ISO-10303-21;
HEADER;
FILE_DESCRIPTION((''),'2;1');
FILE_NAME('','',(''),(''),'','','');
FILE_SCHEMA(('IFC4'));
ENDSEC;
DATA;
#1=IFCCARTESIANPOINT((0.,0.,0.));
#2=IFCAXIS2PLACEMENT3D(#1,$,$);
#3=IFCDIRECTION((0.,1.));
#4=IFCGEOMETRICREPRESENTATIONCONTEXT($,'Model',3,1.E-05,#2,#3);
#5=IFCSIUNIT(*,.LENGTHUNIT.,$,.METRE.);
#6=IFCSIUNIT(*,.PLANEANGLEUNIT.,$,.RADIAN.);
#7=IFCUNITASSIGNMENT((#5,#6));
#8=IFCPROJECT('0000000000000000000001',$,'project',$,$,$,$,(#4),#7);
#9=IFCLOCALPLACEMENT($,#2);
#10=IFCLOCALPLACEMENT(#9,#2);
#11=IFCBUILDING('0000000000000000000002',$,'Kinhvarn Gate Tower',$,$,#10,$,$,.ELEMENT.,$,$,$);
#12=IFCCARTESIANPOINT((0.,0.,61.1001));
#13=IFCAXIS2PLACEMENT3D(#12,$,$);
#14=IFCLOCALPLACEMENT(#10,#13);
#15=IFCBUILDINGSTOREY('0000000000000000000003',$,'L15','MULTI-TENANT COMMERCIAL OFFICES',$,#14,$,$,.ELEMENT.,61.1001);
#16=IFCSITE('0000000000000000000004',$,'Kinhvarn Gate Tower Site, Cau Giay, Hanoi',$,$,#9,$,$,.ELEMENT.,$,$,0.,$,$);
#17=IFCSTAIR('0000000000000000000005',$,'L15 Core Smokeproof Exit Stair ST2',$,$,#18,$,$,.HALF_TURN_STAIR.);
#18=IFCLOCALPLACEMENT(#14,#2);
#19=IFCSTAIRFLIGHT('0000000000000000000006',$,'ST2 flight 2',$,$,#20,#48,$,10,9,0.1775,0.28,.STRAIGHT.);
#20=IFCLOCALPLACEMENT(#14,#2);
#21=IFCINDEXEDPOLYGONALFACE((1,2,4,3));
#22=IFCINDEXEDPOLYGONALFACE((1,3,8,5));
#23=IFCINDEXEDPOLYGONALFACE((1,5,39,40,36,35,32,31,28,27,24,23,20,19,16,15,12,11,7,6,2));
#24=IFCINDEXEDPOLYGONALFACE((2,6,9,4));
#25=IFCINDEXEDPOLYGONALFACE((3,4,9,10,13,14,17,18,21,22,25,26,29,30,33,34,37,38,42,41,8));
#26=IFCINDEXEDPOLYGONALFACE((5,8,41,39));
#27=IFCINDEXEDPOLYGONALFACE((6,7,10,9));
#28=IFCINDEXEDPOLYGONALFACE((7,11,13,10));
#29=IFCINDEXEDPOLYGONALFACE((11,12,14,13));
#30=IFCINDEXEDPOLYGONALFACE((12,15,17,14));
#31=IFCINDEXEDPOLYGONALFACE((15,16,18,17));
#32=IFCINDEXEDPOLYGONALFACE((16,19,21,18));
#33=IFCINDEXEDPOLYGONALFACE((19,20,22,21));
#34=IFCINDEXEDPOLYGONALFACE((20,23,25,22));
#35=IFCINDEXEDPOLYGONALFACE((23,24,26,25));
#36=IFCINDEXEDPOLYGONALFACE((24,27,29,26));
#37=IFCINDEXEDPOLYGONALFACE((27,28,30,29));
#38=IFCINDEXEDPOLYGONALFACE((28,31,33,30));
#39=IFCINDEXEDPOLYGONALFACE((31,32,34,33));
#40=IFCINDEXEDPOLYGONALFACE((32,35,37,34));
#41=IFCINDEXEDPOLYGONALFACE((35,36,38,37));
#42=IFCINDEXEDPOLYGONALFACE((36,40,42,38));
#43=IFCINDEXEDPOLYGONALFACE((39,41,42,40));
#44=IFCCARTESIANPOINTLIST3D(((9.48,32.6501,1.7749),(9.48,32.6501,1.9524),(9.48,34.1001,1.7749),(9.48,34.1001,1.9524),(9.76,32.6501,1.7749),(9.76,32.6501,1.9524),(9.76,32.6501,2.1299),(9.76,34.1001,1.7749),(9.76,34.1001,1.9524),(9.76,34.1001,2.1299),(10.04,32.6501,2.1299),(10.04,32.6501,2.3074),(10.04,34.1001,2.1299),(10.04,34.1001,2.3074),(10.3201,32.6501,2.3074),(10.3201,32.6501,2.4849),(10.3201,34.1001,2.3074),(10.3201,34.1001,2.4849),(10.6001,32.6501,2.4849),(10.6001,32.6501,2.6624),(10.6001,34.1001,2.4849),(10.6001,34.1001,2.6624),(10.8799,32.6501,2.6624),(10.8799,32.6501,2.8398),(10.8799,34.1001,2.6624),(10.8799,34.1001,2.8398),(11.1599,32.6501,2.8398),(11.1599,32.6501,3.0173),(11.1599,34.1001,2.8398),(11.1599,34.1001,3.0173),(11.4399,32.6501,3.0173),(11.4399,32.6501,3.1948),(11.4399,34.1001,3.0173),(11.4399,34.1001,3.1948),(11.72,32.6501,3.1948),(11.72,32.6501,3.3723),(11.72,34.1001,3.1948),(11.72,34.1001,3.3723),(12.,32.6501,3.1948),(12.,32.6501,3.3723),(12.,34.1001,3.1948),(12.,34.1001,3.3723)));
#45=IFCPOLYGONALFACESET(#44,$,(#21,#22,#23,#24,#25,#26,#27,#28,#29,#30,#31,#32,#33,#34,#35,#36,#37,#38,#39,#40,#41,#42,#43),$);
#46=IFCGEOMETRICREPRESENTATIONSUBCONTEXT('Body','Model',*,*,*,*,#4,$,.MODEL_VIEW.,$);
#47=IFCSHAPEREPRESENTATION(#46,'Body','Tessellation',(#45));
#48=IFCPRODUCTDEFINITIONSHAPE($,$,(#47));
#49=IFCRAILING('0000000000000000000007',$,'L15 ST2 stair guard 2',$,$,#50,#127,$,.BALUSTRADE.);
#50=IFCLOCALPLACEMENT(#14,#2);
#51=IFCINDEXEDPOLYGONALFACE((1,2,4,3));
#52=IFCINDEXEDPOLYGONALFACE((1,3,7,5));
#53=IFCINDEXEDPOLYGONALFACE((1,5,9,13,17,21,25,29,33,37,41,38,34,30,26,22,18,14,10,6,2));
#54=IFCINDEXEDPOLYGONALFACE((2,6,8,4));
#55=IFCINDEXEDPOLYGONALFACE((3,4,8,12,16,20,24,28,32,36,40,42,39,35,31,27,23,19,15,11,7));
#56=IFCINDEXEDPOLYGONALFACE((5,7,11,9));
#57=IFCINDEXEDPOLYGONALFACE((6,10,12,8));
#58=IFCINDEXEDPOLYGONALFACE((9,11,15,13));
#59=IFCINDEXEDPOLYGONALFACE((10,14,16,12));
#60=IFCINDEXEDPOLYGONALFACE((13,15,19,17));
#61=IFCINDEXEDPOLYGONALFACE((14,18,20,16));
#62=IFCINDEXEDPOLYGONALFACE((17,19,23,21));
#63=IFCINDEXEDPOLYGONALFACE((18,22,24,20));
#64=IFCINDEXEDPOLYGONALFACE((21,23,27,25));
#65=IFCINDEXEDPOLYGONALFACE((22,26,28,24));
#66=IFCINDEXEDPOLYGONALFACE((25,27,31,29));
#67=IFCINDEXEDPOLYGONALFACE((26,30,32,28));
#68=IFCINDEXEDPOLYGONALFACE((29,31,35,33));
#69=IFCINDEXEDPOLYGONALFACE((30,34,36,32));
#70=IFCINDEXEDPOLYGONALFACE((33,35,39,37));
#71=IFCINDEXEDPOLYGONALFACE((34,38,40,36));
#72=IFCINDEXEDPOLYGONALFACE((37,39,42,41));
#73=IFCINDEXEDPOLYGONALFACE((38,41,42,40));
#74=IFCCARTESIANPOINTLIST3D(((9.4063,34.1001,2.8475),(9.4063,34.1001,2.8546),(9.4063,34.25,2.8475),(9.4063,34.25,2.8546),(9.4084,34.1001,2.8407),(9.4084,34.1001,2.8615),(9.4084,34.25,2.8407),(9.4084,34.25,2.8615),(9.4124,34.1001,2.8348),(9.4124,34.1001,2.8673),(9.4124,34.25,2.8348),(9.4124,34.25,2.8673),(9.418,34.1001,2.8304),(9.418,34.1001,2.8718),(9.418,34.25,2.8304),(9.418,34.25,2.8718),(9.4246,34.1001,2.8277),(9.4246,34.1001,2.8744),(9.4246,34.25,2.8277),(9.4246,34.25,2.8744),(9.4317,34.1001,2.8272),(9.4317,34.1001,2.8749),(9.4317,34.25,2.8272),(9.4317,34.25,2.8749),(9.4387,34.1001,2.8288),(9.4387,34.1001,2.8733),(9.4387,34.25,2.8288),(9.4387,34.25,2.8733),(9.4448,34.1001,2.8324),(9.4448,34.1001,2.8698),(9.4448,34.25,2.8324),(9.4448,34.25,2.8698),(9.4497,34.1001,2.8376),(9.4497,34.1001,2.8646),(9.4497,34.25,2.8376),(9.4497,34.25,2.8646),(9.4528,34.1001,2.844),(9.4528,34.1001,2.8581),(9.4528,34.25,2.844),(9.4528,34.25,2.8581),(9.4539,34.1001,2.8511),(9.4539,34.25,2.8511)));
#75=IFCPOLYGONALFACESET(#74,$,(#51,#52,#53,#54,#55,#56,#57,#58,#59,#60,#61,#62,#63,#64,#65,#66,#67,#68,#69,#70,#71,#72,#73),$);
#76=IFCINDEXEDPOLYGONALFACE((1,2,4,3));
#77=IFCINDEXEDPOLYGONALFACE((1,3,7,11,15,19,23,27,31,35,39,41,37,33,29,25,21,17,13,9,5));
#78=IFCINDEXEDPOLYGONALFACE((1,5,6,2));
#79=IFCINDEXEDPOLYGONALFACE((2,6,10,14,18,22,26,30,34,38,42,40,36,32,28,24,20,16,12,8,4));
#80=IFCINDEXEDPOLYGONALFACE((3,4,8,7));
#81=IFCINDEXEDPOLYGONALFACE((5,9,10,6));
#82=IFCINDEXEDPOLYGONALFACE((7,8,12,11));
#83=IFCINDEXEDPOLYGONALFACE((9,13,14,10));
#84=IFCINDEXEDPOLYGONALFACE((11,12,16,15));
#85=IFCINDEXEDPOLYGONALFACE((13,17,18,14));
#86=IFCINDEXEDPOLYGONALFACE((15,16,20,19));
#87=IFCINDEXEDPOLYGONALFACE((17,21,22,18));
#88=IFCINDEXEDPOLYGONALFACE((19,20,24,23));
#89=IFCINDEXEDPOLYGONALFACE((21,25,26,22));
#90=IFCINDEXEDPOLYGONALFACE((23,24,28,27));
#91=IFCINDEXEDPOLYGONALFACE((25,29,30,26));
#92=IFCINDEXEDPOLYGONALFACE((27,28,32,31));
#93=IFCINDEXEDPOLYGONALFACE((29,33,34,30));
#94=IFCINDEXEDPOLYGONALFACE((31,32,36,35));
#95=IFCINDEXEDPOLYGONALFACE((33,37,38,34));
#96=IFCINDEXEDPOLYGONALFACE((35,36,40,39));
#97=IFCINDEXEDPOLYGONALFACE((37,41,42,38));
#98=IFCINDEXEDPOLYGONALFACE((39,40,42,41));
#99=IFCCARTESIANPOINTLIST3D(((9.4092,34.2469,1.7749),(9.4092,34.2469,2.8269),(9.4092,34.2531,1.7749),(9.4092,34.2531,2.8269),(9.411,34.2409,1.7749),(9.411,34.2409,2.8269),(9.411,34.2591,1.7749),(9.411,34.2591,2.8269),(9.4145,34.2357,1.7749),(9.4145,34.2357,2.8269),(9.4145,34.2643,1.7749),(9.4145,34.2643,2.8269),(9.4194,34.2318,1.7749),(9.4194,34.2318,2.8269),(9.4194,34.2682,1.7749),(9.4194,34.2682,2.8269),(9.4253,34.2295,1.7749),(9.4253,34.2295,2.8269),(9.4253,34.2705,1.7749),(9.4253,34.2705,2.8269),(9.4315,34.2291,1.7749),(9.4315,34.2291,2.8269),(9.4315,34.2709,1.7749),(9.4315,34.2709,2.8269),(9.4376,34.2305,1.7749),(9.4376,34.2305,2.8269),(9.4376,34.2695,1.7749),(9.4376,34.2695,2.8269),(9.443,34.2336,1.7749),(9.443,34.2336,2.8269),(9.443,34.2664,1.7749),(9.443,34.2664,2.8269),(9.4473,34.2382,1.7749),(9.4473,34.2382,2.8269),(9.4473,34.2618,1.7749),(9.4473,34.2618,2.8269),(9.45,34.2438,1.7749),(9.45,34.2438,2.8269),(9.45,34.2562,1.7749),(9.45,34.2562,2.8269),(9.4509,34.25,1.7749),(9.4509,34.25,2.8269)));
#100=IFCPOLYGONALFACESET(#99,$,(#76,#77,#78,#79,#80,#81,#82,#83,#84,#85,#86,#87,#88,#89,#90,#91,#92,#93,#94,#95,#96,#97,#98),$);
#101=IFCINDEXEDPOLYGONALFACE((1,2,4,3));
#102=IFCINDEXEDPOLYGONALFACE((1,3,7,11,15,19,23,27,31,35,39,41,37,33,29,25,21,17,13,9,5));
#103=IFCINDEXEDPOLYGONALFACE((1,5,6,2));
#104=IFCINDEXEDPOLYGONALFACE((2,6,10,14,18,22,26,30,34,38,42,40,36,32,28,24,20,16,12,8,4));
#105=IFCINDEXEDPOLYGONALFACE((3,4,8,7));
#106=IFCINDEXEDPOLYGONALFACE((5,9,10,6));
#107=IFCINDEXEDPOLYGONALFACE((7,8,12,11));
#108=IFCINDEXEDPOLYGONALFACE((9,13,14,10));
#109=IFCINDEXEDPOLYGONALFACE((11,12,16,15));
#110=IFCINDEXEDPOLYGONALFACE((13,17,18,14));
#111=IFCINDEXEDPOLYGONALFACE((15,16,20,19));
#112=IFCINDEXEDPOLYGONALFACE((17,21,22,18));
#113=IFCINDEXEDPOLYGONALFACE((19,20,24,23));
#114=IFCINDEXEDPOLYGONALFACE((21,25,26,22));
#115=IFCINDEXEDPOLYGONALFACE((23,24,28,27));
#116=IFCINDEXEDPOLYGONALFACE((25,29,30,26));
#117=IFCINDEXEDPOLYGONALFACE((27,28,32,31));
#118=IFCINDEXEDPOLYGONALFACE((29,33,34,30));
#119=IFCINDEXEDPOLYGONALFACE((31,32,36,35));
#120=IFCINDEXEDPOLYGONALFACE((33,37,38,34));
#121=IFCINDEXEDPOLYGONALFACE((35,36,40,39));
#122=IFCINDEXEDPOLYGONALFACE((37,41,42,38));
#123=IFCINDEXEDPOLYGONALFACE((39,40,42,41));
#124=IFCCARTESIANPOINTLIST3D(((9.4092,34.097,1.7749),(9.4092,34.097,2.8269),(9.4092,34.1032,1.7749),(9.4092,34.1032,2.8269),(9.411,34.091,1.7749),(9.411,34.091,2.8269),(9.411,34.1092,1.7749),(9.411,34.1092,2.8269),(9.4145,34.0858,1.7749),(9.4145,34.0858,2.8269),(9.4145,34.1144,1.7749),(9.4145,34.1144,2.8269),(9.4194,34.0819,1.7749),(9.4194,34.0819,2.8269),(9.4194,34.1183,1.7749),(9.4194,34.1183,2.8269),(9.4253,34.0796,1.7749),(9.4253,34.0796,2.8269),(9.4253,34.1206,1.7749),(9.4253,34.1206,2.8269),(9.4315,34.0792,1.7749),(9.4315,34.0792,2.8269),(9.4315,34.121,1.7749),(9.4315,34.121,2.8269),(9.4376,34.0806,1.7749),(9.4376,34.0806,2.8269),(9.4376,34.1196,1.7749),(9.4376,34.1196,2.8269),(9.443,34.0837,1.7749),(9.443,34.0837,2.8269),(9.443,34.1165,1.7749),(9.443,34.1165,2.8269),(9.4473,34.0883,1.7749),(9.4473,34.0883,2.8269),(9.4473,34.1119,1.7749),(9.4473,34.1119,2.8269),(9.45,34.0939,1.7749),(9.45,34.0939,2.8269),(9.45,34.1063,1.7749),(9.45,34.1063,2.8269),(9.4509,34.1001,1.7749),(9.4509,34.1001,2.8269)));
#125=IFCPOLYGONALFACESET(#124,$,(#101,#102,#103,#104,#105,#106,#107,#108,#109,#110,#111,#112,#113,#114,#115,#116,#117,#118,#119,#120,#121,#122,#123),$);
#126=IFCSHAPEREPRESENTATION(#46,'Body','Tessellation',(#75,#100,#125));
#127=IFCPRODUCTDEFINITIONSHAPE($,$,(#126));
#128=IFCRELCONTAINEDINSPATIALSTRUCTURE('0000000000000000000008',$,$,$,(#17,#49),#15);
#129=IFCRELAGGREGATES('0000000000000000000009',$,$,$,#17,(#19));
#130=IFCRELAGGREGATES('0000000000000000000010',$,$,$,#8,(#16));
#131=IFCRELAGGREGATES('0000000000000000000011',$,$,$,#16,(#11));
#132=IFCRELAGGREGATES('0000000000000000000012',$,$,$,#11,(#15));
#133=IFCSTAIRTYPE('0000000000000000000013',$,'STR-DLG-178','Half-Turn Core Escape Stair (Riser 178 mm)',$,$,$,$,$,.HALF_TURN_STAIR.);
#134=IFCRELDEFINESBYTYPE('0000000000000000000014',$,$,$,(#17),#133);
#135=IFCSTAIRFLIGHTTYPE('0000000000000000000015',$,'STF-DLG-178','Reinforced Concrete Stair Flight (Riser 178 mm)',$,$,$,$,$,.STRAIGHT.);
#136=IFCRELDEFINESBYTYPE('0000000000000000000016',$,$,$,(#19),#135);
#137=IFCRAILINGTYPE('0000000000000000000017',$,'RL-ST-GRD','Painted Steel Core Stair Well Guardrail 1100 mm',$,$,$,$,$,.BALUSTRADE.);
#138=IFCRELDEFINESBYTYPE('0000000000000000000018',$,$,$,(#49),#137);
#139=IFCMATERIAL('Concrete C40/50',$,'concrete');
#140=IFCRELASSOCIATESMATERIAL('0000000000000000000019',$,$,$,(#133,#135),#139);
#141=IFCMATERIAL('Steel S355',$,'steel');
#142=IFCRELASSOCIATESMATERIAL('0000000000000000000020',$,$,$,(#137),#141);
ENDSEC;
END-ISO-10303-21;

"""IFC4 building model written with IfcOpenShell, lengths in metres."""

from ifc_helpers import new_model, si_unit, direction, frame, origin, origin_2d, place, context, subcontext, project, spatial, polyline, circle, outline, extrude, material, type_object, element, aggregate, save


model = new_model("IFC4")

# Units and contexts
model_context = context("Model", 3, precision=1e-05, world=origin(), true_north=direction((0.0, 1.0)))
body_context = subcontext(model_context, "Body", "Model", "MODEL_VIEW")
ifc_project = project(units=[si_unit("LENGTHUNIT", "METRE"), si_unit("PLANEANGLEUNIT", "RADIAN")], contexts=[model_context])

# Site, building, storey
site_placement = place(None, origin())
site = spatial("IfcSite", under=ifc_project, at=site_placement, Name="Kinhvarn Gate Tower Site, Cau Giay, Hanoi", CompositionType="ELEMENT", RefElevation=0.0)
building_placement = place(site_placement, origin())
building = spatial("IfcBuilding", under=site, at=building_placement, Name="Kinhvarn Gate Tower", CompositionType="ELEMENT")
storey_placement = place(building_placement, frame((0.0, 0.0, 61.1001)))
storey = spatial("IfcBuildingStorey", under=building, at=storey_placement, Name="L15", Description="MULTI-TENANT COMMERCIAL OFFICES", CompositionType="ELEMENT", Elevation=61.1001)

# Shared definitions
ifc_material_1 = material(Name="Steel S355", Category="steel")

# Stair, stair flight
ifc_material_2 = material(Name="Concrete C40/50", Category="concrete")
stair_type = type_object("IfcStairType", Name="STR-DLG-178", Description="Half-Turn Core Escape Stair (Riser 178 mm)", PredefinedType="HALF_TURN_STAIR", material=ifc_material_2)
stair_placement = place(storey_placement, origin())
stair = element("IfcStair", 1, at=stair_placement, inside=storey, type_object=stair_type, Name="L15 Core Smokeproof Exit Stair ST2", PredefinedType="HALF_TURN_STAIR")
stair_flight_type = type_object("IfcStairFlightType", Name="STF-DLG-178", Description="Reinforced Concrete Stair Flight (Riser 178 mm)", PredefinedType="STRAIGHT", material=ifc_material_2)
stair_flight_placement = place(storey_placement, frame((9.48, 33.375, 1.7749), z_axis=(0.0, 0.0, 1.0), x_axis=(1.0, 0.0, 0.0)))
stair_flight = element("IfcStairFlight", 2, at=stair_flight_placement, type_object=stair_flight_type, Name="ST2 flight 2", NumberOfRisers=10, NumberOfTreads=9, PredefinedType="STRAIGHT", RiserHeight=0.1775, TreadLength=0.28, context=body_context, shape_type="SweptSolid", body=[
    extrude(outline(polyline([(0.0, 0.0), (0.0, 0.1775), (0.28, 0.1775), (0.28, 0.355), (0.5601, 0.355), (0.5601, 0.5325), (0.8401, 0.5325), (0.8401, 0.71), (1.1201, 0.71), (1.1201, 0.8875), (1.3999, 0.8875), (1.3999, 1.0649), (1.6799, 1.0649), (1.6799, 1.2424), (1.96, 1.2424), (1.96, 1.4199), (2.24, 1.4199), (2.24, 1.5974), (2.52, 1.5974), (2.52, 1.7749), (2.52, 1.4199), (0.28, 0.0), (0.0, 0.0)])), frame((0.0, 0.7251, 0.0), z_axis=(0.0, -1.0, 0.0), x_axis=(1.0, 0.0, 0.0)), (0.0, 0.0, 1.0), 1.45),
])
aggregate(stair, [stair_flight])

# Railing
railing_type_1 = type_object("IfcRailingType", Name="RL-ST-GRD", Description="Painted Steel Core Stair Well Guardrail 1100 mm", PredefinedType="BALUSTRADE", material=ifc_material_1)
railing_1_placement = place(storey_placement, frame((9.4299, 34.25, 1.7749)))
element("IfcRailing", 3, at=railing_1_placement, inside=storey, type_object=railing_type_1, Name="L15 ST2 stair guard 2", PredefinedType="BALUSTRADE", context=body_context, shape_type="SweptSolid", body=[
    extrude(circle(Radius=0.0239, at=origin_2d()), frame((0.0, 0.0, 1.0762), z_axis=(0.0, -1.0, 0.0), x_axis=(1.0, 0.0, 0.0)), (0.0, 0.0, 1.0), 0.1499),
    extrude(circle(Radius=0.021, at=origin_2d()), origin(), (0.0, 0.0, 1.0), 1.052),
    extrude(circle(Radius=0.021, at=origin_2d()), frame((0.0, -0.1499, 0.0)), (0.0, 0.0, 1.0), 1.052),
])

save(model, "model.ifc")
